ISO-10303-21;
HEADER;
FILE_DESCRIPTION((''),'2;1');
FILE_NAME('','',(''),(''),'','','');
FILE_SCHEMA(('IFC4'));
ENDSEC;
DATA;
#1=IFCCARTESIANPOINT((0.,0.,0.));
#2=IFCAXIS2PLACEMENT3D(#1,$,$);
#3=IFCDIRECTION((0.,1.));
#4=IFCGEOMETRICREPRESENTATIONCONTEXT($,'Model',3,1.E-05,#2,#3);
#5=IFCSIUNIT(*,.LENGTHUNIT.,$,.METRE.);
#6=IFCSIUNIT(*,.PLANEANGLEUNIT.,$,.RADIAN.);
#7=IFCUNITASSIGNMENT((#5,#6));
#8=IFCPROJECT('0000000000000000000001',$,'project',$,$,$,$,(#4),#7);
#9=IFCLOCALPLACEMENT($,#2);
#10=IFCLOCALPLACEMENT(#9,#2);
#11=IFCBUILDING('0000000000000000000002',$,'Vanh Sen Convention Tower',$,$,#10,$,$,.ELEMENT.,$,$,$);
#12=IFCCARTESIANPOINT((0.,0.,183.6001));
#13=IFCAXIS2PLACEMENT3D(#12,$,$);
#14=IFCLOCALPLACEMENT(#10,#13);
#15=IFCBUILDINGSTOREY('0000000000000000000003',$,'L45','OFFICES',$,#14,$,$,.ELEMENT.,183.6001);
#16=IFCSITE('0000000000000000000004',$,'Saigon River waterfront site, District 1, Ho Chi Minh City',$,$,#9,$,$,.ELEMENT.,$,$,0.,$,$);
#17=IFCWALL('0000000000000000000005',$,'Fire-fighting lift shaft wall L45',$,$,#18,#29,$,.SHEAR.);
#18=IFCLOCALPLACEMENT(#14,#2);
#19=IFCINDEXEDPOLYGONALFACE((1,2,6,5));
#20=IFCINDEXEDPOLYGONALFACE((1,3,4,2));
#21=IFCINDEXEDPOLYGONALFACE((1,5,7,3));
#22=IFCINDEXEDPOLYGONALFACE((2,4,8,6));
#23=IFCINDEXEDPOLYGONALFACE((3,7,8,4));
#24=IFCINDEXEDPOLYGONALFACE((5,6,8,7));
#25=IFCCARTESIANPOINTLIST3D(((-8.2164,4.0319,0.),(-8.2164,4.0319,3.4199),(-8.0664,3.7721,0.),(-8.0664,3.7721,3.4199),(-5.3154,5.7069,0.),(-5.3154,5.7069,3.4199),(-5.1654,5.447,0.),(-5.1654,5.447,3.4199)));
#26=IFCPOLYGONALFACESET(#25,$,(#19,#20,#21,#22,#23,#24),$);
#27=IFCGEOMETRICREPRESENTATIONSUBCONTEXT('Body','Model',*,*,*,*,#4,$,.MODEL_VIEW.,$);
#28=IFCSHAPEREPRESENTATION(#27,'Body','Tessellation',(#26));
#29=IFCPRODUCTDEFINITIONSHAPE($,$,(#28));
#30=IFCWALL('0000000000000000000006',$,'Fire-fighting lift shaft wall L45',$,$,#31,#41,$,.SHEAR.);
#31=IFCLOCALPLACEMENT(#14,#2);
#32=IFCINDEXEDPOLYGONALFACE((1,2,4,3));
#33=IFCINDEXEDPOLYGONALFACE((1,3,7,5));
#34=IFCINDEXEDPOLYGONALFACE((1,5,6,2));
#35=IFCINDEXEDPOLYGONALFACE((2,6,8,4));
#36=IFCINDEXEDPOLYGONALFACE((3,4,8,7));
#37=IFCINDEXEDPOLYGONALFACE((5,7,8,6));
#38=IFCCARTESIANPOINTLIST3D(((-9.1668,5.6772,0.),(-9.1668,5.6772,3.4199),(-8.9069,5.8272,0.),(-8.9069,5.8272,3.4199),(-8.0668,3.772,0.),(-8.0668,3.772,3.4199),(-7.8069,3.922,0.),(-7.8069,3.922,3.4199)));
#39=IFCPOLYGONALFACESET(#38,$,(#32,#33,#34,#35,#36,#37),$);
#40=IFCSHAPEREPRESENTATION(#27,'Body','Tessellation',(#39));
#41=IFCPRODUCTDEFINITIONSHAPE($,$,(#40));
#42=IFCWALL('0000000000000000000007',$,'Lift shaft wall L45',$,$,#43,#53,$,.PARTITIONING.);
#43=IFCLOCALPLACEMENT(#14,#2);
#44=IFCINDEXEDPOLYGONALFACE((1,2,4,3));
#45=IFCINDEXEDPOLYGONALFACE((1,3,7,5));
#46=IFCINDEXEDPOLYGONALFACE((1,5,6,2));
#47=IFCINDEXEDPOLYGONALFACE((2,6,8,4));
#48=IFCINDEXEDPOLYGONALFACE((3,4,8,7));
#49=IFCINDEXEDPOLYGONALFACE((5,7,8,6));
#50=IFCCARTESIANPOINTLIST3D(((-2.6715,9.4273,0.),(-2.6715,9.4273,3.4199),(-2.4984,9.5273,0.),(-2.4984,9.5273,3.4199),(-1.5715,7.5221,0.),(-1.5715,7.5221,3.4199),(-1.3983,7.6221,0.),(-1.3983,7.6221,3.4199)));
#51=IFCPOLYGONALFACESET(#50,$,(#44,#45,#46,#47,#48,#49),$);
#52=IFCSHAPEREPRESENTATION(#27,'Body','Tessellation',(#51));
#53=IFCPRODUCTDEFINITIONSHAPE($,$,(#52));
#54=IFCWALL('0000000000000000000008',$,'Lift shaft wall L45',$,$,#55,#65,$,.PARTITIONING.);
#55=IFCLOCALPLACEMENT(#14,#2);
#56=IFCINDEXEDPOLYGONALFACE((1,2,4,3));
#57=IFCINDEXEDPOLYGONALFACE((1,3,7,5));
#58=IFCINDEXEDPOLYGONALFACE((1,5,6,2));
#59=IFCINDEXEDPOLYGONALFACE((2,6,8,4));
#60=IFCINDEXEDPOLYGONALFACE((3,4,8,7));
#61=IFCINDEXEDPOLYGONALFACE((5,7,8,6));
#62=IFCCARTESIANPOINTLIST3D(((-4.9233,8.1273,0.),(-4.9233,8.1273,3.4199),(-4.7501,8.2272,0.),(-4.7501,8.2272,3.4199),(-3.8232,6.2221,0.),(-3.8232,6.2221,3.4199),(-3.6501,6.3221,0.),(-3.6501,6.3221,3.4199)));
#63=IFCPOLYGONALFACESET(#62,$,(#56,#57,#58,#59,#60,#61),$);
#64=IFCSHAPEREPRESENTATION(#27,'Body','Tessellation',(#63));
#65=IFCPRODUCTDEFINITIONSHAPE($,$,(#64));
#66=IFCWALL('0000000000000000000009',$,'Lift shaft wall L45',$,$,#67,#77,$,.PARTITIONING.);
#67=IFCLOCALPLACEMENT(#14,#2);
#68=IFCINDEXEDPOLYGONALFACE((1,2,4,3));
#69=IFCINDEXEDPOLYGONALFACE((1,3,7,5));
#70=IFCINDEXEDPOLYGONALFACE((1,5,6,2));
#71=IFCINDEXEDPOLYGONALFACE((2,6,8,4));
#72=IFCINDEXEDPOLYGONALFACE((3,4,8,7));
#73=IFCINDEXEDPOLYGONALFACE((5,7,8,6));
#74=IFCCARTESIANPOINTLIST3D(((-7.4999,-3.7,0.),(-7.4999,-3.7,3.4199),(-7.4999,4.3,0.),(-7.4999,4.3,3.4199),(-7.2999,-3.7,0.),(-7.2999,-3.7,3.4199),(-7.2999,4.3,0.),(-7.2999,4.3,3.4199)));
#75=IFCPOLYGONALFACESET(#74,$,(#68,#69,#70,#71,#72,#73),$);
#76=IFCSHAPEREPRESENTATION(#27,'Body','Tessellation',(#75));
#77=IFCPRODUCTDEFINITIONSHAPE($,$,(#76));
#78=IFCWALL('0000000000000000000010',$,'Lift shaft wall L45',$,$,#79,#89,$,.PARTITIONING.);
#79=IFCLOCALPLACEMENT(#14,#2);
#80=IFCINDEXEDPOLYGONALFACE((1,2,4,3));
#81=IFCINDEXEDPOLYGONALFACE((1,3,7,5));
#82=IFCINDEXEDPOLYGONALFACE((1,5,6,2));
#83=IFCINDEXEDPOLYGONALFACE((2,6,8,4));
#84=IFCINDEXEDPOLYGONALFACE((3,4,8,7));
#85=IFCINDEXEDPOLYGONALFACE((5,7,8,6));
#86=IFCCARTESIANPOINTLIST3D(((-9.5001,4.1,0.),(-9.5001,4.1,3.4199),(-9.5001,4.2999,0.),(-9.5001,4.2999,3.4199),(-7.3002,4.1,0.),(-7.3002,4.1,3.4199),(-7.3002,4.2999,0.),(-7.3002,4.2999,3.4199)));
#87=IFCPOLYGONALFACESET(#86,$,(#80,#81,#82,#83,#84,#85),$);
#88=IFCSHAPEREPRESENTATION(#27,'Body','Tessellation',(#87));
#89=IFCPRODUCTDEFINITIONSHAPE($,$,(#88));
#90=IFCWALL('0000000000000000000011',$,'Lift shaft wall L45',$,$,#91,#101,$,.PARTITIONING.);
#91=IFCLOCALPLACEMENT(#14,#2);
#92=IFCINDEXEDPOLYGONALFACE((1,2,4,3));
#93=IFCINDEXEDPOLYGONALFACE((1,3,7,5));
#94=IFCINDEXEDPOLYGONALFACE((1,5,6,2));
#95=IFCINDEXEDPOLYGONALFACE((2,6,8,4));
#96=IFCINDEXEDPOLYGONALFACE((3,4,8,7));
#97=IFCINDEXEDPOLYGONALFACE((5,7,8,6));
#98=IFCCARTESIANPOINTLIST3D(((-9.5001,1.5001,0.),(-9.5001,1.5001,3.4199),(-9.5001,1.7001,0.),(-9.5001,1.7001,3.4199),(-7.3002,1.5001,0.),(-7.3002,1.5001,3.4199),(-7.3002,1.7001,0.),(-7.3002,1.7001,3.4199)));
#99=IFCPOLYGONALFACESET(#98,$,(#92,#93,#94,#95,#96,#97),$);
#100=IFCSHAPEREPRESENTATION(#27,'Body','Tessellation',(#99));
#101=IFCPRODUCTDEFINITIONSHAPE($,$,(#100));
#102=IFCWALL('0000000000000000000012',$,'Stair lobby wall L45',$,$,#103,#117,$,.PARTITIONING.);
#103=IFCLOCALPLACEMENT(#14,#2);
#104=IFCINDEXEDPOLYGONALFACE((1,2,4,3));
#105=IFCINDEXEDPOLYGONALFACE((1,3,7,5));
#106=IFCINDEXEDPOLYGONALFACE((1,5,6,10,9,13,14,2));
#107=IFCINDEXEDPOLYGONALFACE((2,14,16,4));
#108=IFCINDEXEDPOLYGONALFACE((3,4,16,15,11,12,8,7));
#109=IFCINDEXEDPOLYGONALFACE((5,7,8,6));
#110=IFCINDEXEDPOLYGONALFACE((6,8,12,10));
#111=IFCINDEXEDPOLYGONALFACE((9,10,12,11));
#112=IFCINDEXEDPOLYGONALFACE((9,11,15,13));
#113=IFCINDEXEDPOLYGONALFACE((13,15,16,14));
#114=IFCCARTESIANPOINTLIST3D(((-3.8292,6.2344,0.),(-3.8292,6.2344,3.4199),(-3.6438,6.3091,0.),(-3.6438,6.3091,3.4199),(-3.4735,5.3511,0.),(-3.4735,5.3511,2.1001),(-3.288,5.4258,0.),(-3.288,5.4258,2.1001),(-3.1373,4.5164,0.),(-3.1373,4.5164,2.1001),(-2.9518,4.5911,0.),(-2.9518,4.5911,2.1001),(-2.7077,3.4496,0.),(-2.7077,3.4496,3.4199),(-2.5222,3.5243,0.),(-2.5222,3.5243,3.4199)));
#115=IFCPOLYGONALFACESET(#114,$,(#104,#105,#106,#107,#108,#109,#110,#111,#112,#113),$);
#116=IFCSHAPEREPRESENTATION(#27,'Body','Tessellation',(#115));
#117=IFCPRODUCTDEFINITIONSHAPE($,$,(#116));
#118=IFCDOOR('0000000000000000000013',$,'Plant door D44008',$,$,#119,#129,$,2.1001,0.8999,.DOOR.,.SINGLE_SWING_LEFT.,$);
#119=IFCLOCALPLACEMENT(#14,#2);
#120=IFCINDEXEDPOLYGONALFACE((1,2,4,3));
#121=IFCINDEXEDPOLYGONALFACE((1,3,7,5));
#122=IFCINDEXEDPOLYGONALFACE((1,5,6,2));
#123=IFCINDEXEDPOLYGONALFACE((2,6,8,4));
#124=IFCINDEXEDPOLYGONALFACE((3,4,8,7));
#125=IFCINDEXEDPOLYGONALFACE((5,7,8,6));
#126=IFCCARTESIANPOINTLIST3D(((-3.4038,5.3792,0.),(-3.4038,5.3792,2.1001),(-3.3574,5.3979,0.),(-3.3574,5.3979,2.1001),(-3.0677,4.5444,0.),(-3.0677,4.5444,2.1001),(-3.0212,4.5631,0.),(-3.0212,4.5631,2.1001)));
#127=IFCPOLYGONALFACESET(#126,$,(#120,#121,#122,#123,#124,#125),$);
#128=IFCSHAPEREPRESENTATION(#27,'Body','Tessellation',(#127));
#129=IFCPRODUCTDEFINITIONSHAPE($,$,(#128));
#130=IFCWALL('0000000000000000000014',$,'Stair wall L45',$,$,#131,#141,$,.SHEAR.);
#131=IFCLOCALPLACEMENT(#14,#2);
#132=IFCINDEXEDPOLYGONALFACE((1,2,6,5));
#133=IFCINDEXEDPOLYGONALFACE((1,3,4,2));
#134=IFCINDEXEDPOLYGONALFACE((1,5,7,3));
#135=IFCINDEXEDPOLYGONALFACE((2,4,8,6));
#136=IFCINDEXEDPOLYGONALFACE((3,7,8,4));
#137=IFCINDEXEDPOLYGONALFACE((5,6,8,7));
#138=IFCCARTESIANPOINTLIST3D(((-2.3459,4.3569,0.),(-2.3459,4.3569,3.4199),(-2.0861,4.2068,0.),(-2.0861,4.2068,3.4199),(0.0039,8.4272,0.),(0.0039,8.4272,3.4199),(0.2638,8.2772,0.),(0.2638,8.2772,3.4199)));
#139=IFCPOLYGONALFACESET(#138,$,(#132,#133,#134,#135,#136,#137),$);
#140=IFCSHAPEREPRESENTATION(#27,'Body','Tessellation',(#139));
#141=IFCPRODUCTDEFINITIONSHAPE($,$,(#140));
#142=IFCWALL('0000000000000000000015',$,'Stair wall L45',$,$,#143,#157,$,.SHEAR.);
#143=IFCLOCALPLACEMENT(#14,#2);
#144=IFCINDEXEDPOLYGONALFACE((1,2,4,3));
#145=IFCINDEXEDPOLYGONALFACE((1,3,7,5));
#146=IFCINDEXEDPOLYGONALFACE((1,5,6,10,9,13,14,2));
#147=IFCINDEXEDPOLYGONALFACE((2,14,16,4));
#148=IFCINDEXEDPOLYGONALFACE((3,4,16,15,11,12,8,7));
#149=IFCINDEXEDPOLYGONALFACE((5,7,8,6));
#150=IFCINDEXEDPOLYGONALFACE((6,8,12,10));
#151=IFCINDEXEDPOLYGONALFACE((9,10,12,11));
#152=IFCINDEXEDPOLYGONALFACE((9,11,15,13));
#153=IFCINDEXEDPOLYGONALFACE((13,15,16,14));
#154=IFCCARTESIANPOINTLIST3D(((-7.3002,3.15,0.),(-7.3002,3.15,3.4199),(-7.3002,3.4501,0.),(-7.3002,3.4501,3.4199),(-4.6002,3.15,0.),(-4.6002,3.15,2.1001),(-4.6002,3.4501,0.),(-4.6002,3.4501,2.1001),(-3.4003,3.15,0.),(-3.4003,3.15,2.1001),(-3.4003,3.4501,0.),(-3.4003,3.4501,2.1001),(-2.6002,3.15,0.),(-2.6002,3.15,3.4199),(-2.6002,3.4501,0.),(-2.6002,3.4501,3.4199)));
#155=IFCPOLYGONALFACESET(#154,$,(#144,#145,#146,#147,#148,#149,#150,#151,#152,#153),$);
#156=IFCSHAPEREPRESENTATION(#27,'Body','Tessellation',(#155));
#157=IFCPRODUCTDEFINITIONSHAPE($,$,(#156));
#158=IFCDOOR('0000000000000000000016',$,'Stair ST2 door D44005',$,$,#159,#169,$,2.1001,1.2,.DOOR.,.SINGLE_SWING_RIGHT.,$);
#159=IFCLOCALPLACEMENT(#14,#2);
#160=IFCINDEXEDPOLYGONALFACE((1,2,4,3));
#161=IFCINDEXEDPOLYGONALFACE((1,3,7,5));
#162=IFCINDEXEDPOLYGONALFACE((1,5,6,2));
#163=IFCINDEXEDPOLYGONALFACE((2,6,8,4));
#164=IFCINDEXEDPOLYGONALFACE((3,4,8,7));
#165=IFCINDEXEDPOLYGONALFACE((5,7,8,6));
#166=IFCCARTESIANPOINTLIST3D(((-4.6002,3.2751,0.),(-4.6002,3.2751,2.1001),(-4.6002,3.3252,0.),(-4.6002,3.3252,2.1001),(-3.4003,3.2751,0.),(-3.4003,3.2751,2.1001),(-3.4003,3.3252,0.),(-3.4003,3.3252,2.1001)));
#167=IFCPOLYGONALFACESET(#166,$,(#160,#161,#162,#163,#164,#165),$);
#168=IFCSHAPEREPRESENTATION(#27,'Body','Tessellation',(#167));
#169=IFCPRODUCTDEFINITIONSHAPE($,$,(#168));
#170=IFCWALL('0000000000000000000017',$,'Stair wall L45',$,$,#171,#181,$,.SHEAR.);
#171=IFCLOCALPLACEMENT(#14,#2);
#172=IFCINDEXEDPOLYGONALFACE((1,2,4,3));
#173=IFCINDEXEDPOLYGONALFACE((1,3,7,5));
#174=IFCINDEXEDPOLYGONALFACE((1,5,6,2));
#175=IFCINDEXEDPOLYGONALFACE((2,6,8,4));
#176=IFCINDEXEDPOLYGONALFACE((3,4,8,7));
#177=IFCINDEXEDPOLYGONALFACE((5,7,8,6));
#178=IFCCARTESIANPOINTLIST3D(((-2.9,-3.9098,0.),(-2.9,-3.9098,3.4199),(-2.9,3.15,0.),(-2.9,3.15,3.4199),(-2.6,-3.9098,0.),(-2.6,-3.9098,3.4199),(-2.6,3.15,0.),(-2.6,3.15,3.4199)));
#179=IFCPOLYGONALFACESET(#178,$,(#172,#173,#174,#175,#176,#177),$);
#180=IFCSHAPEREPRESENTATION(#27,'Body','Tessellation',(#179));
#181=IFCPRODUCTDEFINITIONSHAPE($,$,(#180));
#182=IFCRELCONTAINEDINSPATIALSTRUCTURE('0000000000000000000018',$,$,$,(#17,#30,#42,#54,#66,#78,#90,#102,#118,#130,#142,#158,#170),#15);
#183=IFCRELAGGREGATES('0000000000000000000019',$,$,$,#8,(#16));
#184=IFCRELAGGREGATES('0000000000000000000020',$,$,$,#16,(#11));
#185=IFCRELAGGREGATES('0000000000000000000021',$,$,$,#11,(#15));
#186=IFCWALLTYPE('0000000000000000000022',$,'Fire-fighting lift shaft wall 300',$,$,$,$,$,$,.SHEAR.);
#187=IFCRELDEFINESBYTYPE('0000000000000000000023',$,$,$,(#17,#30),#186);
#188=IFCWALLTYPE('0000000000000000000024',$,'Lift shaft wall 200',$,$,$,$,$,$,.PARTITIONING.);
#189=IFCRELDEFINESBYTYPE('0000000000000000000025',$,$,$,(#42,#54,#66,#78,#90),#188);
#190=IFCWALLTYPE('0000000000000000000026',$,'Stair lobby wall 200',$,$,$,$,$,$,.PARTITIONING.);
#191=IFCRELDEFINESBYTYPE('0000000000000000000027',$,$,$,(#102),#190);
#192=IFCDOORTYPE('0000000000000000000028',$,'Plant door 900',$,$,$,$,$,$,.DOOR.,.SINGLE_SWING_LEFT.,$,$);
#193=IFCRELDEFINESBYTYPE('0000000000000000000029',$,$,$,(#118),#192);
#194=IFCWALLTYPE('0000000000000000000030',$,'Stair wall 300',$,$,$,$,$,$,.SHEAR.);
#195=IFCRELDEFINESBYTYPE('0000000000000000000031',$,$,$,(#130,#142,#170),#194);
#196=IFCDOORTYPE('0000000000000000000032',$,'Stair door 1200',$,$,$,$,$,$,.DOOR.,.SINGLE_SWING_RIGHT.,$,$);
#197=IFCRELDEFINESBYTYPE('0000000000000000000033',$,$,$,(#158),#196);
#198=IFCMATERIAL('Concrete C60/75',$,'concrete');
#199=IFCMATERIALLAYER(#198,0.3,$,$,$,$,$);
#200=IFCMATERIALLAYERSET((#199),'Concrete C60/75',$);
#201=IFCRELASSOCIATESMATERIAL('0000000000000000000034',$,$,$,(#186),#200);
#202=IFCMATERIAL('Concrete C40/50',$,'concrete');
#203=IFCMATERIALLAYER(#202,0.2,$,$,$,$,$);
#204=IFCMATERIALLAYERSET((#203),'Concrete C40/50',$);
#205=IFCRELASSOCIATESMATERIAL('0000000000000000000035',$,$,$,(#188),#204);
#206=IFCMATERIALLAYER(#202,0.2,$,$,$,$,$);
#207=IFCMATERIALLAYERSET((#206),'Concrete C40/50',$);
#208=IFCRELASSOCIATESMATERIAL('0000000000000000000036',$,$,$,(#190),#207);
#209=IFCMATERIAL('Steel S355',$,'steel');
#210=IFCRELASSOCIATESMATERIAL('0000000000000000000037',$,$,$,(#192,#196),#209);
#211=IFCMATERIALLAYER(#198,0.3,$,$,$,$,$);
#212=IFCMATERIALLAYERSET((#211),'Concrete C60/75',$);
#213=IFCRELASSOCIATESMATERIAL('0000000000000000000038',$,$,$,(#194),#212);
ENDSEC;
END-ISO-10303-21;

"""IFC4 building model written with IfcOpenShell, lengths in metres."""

from ifc_helpers import new_model, si_unit, direction, frame, frame_2d, origin, place, context, subcontext, project, spatial, rectangle, extrude, material, layer, layer_set, type_object, element, fill, save


model = new_model("IFC4")

# Units and contexts
model_context = context("Model", 3, precision=1e-05, world=origin(), true_north=direction((0.0, 1.0)))
body_context = subcontext(model_context, "Body", "Model", "MODEL_VIEW")
ifc_project = project(units=[si_unit("LENGTHUNIT", "METRE"), si_unit("PLANEANGLEUNIT", "RADIAN")], contexts=[model_context])

# Site, building, storey
site_placement = place(None, origin())
site = spatial("IfcSite", under=ifc_project, at=site_placement, Name="Saigon River waterfront site, District 1, Ho Chi Minh City", CompositionType="ELEMENT", RefElevation=0.0)
building_placement = place(site_placement, origin())
building = spatial("IfcBuilding", under=site, at=building_placement, Name="Vanh Sen Convention Tower", CompositionType="ELEMENT")
storey_placement = place(building_placement, frame((0.0, 0.0, 183.6001)))
storey = spatial("IfcBuildingStorey", under=building, at=storey_placement, Name="L45", Description="OFFICES", CompositionType="ELEMENT", Elevation=183.6001)

# Shared definitions
ifc_material_1 = material(Name="Concrete C60/75", Category="concrete")
ifc_layer_1 = layer(ifc_material_1, 0.3)
ifc_layer_set_1 = layer_set([ifc_layer_1], Name="Concrete C60/75")
wall_type_1 = type_object("IfcWallType", Name="Fire-fighting lift shaft wall 300", PredefinedType="SHEAR", material=ifc_layer_set_1)

# Walls
wall_1_placement = place(storey_placement, frame((-5.2405, 5.5769, 0.0), z_axis=(0.0, 0.0, 1.0), x_axis=(-0.866014, -0.500019, 0.0)))
element("IfcWall", 1, at=wall_1_placement, inside=storey, type_object=wall_type_1, Name="Fire-fighting lift shaft wall L45", PredefinedType="SHEAR", context=body_context, shape_type="SweptSolid", body=[
    extrude(rectangle(XDim=3.3499, YDim=0.3, at=frame_2d((1.6748, 0.0))), origin(), (0.0, 0.0, 1.0), 3.4199),
])
wall_2_placement = place(storey_placement, frame((-7.9368, 3.8469, 0.0), z_axis=(0.0, 0.0, 1.0), x_axis=(-0.50003, 0.866008, 0.0)))
element("IfcWall", 2, at=wall_2_placement, inside=storey, type_object=wall_type_1, Name="Fire-fighting lift shaft wall L45", PredefinedType="SHEAR", context=body_context, shape_type="SweptSolid", body=[
    extrude(rectangle(XDim=2.2, YDim=0.3, at=frame_2d((1.1001, 0.0))), origin(), (0.0, 0.0, 1.0), 3.4199),
])
ifc_material_2 = material(Name="Concrete C40/50", Category="concrete")
ifc_layer_2 = layer(ifc_material_2, 0.2)
ifc_layer_set_2 = layer_set([ifc_layer_2], Name="Concrete C40/50")
wall_type_2 = type_object("IfcWallType", Name="Lift shaft wall 200", PredefinedType="PARTITIONING", material=ifc_layer_set_2)
for number, where, z_axis, x_axis, name in (
    (3, (-1.4849, 7.572, 0.0), (0.0, 0.0, 1.0), (-0.50003, 0.866008, 0.0), "Lift shaft wall L45"),
    (4, (-3.7366, 6.272, 0.0), (0.0, 0.0, 1.0), (-0.50003, 0.866008, 0.0), "Lift shaft wall L45"),
):
    element("IfcWall", number, at=place(storey_placement, frame(where, z_axis=z_axis, x_axis=x_axis)), inside=storey, type_object=wall_type_2, Name=name, PredefinedType="PARTITIONING", context=body_context, shape_type="SweptSolid", body=[
        extrude(rectangle(XDim=2.2, YDim=0.2, at=frame_2d((1.1001, 0.0))), origin(), (0.0, 0.0, 1.0), 3.4199),
    ])
wall_3_placement = place(storey_placement, frame((-7.3999, 4.3, 0.0), z_axis=(0.0, 0.0, 1.0), x_axis=(0.0, -1.0, 0.0)))
element("IfcWall", 5, at=wall_3_placement, inside=storey, type_object=wall_type_2, Name="Lift shaft wall L45", PredefinedType="PARTITIONING", context=body_context, shape_type="SweptSolid", body=[
    extrude(rectangle(XDim=8.0, YDim=0.2, at=frame_2d((4.0, 0.0))), origin(), (0.0, 0.0, 1.0), 3.4199),
])
for number, where, z_axis, x_axis, name in (
    (6, (-7.3, 4.2, 0.0), (0.0, 0.0, 1.0), (-1.0, 0.0, 0.0), "Lift shaft wall L45"),
    (7, (-7.3, 1.6001, 0.0), (0.0, 0.0, 1.0), (-1.0, 0.0, 0.0), "Lift shaft wall L45"),
):
    element("IfcWall", number, at=place(storey_placement, frame(where, z_axis=z_axis, x_axis=x_axis)), inside=storey, type_object=wall_type_2, Name=name, PredefinedType="PARTITIONING", context=body_context, shape_type="SweptSolid", body=[
        extrude(rectangle(XDim=2.2, YDim=0.2, at=frame_2d((1.1001, 0.0))), origin(), (0.0, 0.0, 1.0), 3.4199),
    ])

# Wall, opening, door
ifc_layer_3 = layer(ifc_material_2, 0.2)
ifc_layer_set_3 = layer_set([ifc_layer_3], Name="Concrete C40/50")
wall_type_3 = type_object("IfcWallType", Name="Stair lobby wall 200", PredefinedType="PARTITIONING", material=ifc_layer_set_3)
wall_4_placement = place(storey_placement, frame((-2.615, 3.4871, 0.0), z_axis=(0.0, 0.0, 1.0), x_axis=(-0.373577, 0.927599, 0.0)))
wall_4 = element("IfcWall", 8, at=wall_4_placement, inside=storey, type_object=wall_type_3, Name="Stair lobby wall L45", PredefinedType="PARTITIONING", context=body_context, shape_type="SweptSolid", body=[
    extrude(rectangle(XDim=3.0022, YDim=0.2, at=frame_2d((1.501, 0.0))), origin(), (0.0, 0.0, 1.0), 3.4199),
])
opening_1_placement = place(wall_4_placement, frame((1.1499, 0.0, 0.0)))
opening_1 = element("IfcOpeningElement", 9, at=opening_1_placement, cuts=wall_4, PredefinedType="OPENING", context=body_context, shape_type="SweptSolid", body=[
    extrude(rectangle(XDim=0.8999, YDim=2.1001, at=frame_2d((0.45, 1.05))), frame((0.0, 0.1099, 0.0), z_axis=(0.0, -1.0, 0.0), x_axis=(1.0, 0.0, 0.0)), (0.0, 0.0, 1.0), 0.22),
])
ifc_material_3 = material(Name="Steel S355", Category="steel")
door_type_1 = type_object("IfcDoorType", Name="Plant door 900", OperationType="SINGLE_SWING_LEFT", PredefinedType="DOOR", material=ifc_material_3)
door_1_placement = place(opening_1_placement, origin())
door_1 = element("IfcDoor", 10, at=door_1_placement, inside=storey, type_object=door_type_1, Name="Plant door D44008", OperationType="SINGLE_SWING_LEFT", OverallHeight=2.1001, OverallWidth=0.8999, PredefinedType="DOOR", context=body_context, shape_type="SweptSolid", body=[
    extrude(rectangle(XDim=0.8999, YDim=2.1001, at=frame_2d((0.45, 1.05))), frame((0.0, 0.0249, 0.0), z_axis=(0.0, -1.0, 0.0), x_axis=(1.0, 0.0, 0.0)), (0.0, 0.0, 1.0), 0.05),
])
fill(opening_1, door_1)

# Wall
ifc_layer_4 = layer(ifc_material_1, 0.3)
ifc_layer_set_4 = layer_set([ifc_layer_4], Name="Concrete C60/75")
wall_type_4 = type_object("IfcWallType", Name="Stair wall 300", PredefinedType="SHEAR", material=ifc_layer_set_4)
wall_5_placement = place(storey_placement, frame((-2.2161, 4.2817, 0.0), z_axis=(0.0, 0.0, 1.0), x_axis=(0.499977, 0.866039, 0.0)))
element("IfcWall", 11, at=wall_5_placement, inside=storey, type_object=wall_type_4, Name="Stair wall L45", PredefinedType="SHEAR", context=body_context, shape_type="SweptSolid", body=[
    extrude(rectangle(XDim=4.7, YDim=0.3, at=frame_2d((2.3501, 0.0))), origin(), (0.0, 0.0, 1.0), 3.4199),
])

# Wall, opening, door
wall_6_placement = place(storey_placement, frame((-2.6001, 3.3, 0.0), z_axis=(0.0, 0.0, 1.0), x_axis=(-1.0, 0.0, 0.0)))
wall_6 = element("IfcWall", 12, at=wall_6_placement, inside=storey, type_object=wall_type_4, Name="Stair wall L45", PredefinedType="SHEAR", context=body_context, shape_type="SweptSolid", body=[
    extrude(rectangle(XDim=4.7, YDim=0.3, at=frame_2d((2.3501, 0.0))), origin(), (0.0, 0.0, 1.0), 3.4199),
])
opening_2_placement = place(wall_6_placement, frame((0.8, 0.0, 0.0)))
opening_2 = element("IfcOpeningElement", 13, at=opening_2_placement, cuts=wall_6, PredefinedType="OPENING", context=body_context, shape_type="SweptSolid", body=[
    extrude(rectangle(XDim=1.2, YDim=2.1001, at=frame_2d((0.6001, 1.05))), frame((0.0, 0.1599, 0.0), z_axis=(0.0, -1.0, 0.0), x_axis=(1.0, 0.0, 0.0)), (0.0, 0.0, 1.0), 0.3201),
])
door_type_2 = type_object("IfcDoorType", Name="Stair door 1200", OperationType="SINGLE_SWING_RIGHT", PredefinedType="DOOR", material=ifc_material_3)
door_2_placement = place(opening_2_placement, origin())
door_2 = element("IfcDoor", 14, at=door_2_placement, inside=storey, type_object=door_type_2, Name="Stair ST2 door D44005", OperationType="SINGLE_SWING_RIGHT", OverallHeight=2.1001, OverallWidth=1.2, PredefinedType="DOOR", context=body_context, shape_type="SweptSolid", body=[
    extrude(rectangle(XDim=1.2, YDim=2.1001, at=frame_2d((0.6001, 1.05))), frame((0.0, 0.0249, 0.0), z_axis=(0.0, -1.0, 0.0), x_axis=(1.0, 0.0, 0.0)), (0.0, 0.0, 1.0), 0.05),
])
fill(opening_2, door_2)

# Wall
for number, where, z_axis, x_axis, name in (
    (15, (-2.75, 3.1499, 0.0), (0.0, 0.0, 1.0), (0.0, -1.0, 0.0), "Stair wall L45"),
):
    element("IfcWall", number, at=place(storey_placement, frame(where, z_axis=z_axis, x_axis=x_axis)), inside=storey, type_object=wall_type_4, Name=name, PredefinedType="SHEAR", context=body_context, shape_type="SweptSolid", body=[
        extrude(rectangle(XDim=7.0598, YDim=0.3, at=frame_2d((3.5298, 0.0))), origin(), (0.0, 0.0, 1.0), 3.4199),
    ])

save(model, "model.ifc")
